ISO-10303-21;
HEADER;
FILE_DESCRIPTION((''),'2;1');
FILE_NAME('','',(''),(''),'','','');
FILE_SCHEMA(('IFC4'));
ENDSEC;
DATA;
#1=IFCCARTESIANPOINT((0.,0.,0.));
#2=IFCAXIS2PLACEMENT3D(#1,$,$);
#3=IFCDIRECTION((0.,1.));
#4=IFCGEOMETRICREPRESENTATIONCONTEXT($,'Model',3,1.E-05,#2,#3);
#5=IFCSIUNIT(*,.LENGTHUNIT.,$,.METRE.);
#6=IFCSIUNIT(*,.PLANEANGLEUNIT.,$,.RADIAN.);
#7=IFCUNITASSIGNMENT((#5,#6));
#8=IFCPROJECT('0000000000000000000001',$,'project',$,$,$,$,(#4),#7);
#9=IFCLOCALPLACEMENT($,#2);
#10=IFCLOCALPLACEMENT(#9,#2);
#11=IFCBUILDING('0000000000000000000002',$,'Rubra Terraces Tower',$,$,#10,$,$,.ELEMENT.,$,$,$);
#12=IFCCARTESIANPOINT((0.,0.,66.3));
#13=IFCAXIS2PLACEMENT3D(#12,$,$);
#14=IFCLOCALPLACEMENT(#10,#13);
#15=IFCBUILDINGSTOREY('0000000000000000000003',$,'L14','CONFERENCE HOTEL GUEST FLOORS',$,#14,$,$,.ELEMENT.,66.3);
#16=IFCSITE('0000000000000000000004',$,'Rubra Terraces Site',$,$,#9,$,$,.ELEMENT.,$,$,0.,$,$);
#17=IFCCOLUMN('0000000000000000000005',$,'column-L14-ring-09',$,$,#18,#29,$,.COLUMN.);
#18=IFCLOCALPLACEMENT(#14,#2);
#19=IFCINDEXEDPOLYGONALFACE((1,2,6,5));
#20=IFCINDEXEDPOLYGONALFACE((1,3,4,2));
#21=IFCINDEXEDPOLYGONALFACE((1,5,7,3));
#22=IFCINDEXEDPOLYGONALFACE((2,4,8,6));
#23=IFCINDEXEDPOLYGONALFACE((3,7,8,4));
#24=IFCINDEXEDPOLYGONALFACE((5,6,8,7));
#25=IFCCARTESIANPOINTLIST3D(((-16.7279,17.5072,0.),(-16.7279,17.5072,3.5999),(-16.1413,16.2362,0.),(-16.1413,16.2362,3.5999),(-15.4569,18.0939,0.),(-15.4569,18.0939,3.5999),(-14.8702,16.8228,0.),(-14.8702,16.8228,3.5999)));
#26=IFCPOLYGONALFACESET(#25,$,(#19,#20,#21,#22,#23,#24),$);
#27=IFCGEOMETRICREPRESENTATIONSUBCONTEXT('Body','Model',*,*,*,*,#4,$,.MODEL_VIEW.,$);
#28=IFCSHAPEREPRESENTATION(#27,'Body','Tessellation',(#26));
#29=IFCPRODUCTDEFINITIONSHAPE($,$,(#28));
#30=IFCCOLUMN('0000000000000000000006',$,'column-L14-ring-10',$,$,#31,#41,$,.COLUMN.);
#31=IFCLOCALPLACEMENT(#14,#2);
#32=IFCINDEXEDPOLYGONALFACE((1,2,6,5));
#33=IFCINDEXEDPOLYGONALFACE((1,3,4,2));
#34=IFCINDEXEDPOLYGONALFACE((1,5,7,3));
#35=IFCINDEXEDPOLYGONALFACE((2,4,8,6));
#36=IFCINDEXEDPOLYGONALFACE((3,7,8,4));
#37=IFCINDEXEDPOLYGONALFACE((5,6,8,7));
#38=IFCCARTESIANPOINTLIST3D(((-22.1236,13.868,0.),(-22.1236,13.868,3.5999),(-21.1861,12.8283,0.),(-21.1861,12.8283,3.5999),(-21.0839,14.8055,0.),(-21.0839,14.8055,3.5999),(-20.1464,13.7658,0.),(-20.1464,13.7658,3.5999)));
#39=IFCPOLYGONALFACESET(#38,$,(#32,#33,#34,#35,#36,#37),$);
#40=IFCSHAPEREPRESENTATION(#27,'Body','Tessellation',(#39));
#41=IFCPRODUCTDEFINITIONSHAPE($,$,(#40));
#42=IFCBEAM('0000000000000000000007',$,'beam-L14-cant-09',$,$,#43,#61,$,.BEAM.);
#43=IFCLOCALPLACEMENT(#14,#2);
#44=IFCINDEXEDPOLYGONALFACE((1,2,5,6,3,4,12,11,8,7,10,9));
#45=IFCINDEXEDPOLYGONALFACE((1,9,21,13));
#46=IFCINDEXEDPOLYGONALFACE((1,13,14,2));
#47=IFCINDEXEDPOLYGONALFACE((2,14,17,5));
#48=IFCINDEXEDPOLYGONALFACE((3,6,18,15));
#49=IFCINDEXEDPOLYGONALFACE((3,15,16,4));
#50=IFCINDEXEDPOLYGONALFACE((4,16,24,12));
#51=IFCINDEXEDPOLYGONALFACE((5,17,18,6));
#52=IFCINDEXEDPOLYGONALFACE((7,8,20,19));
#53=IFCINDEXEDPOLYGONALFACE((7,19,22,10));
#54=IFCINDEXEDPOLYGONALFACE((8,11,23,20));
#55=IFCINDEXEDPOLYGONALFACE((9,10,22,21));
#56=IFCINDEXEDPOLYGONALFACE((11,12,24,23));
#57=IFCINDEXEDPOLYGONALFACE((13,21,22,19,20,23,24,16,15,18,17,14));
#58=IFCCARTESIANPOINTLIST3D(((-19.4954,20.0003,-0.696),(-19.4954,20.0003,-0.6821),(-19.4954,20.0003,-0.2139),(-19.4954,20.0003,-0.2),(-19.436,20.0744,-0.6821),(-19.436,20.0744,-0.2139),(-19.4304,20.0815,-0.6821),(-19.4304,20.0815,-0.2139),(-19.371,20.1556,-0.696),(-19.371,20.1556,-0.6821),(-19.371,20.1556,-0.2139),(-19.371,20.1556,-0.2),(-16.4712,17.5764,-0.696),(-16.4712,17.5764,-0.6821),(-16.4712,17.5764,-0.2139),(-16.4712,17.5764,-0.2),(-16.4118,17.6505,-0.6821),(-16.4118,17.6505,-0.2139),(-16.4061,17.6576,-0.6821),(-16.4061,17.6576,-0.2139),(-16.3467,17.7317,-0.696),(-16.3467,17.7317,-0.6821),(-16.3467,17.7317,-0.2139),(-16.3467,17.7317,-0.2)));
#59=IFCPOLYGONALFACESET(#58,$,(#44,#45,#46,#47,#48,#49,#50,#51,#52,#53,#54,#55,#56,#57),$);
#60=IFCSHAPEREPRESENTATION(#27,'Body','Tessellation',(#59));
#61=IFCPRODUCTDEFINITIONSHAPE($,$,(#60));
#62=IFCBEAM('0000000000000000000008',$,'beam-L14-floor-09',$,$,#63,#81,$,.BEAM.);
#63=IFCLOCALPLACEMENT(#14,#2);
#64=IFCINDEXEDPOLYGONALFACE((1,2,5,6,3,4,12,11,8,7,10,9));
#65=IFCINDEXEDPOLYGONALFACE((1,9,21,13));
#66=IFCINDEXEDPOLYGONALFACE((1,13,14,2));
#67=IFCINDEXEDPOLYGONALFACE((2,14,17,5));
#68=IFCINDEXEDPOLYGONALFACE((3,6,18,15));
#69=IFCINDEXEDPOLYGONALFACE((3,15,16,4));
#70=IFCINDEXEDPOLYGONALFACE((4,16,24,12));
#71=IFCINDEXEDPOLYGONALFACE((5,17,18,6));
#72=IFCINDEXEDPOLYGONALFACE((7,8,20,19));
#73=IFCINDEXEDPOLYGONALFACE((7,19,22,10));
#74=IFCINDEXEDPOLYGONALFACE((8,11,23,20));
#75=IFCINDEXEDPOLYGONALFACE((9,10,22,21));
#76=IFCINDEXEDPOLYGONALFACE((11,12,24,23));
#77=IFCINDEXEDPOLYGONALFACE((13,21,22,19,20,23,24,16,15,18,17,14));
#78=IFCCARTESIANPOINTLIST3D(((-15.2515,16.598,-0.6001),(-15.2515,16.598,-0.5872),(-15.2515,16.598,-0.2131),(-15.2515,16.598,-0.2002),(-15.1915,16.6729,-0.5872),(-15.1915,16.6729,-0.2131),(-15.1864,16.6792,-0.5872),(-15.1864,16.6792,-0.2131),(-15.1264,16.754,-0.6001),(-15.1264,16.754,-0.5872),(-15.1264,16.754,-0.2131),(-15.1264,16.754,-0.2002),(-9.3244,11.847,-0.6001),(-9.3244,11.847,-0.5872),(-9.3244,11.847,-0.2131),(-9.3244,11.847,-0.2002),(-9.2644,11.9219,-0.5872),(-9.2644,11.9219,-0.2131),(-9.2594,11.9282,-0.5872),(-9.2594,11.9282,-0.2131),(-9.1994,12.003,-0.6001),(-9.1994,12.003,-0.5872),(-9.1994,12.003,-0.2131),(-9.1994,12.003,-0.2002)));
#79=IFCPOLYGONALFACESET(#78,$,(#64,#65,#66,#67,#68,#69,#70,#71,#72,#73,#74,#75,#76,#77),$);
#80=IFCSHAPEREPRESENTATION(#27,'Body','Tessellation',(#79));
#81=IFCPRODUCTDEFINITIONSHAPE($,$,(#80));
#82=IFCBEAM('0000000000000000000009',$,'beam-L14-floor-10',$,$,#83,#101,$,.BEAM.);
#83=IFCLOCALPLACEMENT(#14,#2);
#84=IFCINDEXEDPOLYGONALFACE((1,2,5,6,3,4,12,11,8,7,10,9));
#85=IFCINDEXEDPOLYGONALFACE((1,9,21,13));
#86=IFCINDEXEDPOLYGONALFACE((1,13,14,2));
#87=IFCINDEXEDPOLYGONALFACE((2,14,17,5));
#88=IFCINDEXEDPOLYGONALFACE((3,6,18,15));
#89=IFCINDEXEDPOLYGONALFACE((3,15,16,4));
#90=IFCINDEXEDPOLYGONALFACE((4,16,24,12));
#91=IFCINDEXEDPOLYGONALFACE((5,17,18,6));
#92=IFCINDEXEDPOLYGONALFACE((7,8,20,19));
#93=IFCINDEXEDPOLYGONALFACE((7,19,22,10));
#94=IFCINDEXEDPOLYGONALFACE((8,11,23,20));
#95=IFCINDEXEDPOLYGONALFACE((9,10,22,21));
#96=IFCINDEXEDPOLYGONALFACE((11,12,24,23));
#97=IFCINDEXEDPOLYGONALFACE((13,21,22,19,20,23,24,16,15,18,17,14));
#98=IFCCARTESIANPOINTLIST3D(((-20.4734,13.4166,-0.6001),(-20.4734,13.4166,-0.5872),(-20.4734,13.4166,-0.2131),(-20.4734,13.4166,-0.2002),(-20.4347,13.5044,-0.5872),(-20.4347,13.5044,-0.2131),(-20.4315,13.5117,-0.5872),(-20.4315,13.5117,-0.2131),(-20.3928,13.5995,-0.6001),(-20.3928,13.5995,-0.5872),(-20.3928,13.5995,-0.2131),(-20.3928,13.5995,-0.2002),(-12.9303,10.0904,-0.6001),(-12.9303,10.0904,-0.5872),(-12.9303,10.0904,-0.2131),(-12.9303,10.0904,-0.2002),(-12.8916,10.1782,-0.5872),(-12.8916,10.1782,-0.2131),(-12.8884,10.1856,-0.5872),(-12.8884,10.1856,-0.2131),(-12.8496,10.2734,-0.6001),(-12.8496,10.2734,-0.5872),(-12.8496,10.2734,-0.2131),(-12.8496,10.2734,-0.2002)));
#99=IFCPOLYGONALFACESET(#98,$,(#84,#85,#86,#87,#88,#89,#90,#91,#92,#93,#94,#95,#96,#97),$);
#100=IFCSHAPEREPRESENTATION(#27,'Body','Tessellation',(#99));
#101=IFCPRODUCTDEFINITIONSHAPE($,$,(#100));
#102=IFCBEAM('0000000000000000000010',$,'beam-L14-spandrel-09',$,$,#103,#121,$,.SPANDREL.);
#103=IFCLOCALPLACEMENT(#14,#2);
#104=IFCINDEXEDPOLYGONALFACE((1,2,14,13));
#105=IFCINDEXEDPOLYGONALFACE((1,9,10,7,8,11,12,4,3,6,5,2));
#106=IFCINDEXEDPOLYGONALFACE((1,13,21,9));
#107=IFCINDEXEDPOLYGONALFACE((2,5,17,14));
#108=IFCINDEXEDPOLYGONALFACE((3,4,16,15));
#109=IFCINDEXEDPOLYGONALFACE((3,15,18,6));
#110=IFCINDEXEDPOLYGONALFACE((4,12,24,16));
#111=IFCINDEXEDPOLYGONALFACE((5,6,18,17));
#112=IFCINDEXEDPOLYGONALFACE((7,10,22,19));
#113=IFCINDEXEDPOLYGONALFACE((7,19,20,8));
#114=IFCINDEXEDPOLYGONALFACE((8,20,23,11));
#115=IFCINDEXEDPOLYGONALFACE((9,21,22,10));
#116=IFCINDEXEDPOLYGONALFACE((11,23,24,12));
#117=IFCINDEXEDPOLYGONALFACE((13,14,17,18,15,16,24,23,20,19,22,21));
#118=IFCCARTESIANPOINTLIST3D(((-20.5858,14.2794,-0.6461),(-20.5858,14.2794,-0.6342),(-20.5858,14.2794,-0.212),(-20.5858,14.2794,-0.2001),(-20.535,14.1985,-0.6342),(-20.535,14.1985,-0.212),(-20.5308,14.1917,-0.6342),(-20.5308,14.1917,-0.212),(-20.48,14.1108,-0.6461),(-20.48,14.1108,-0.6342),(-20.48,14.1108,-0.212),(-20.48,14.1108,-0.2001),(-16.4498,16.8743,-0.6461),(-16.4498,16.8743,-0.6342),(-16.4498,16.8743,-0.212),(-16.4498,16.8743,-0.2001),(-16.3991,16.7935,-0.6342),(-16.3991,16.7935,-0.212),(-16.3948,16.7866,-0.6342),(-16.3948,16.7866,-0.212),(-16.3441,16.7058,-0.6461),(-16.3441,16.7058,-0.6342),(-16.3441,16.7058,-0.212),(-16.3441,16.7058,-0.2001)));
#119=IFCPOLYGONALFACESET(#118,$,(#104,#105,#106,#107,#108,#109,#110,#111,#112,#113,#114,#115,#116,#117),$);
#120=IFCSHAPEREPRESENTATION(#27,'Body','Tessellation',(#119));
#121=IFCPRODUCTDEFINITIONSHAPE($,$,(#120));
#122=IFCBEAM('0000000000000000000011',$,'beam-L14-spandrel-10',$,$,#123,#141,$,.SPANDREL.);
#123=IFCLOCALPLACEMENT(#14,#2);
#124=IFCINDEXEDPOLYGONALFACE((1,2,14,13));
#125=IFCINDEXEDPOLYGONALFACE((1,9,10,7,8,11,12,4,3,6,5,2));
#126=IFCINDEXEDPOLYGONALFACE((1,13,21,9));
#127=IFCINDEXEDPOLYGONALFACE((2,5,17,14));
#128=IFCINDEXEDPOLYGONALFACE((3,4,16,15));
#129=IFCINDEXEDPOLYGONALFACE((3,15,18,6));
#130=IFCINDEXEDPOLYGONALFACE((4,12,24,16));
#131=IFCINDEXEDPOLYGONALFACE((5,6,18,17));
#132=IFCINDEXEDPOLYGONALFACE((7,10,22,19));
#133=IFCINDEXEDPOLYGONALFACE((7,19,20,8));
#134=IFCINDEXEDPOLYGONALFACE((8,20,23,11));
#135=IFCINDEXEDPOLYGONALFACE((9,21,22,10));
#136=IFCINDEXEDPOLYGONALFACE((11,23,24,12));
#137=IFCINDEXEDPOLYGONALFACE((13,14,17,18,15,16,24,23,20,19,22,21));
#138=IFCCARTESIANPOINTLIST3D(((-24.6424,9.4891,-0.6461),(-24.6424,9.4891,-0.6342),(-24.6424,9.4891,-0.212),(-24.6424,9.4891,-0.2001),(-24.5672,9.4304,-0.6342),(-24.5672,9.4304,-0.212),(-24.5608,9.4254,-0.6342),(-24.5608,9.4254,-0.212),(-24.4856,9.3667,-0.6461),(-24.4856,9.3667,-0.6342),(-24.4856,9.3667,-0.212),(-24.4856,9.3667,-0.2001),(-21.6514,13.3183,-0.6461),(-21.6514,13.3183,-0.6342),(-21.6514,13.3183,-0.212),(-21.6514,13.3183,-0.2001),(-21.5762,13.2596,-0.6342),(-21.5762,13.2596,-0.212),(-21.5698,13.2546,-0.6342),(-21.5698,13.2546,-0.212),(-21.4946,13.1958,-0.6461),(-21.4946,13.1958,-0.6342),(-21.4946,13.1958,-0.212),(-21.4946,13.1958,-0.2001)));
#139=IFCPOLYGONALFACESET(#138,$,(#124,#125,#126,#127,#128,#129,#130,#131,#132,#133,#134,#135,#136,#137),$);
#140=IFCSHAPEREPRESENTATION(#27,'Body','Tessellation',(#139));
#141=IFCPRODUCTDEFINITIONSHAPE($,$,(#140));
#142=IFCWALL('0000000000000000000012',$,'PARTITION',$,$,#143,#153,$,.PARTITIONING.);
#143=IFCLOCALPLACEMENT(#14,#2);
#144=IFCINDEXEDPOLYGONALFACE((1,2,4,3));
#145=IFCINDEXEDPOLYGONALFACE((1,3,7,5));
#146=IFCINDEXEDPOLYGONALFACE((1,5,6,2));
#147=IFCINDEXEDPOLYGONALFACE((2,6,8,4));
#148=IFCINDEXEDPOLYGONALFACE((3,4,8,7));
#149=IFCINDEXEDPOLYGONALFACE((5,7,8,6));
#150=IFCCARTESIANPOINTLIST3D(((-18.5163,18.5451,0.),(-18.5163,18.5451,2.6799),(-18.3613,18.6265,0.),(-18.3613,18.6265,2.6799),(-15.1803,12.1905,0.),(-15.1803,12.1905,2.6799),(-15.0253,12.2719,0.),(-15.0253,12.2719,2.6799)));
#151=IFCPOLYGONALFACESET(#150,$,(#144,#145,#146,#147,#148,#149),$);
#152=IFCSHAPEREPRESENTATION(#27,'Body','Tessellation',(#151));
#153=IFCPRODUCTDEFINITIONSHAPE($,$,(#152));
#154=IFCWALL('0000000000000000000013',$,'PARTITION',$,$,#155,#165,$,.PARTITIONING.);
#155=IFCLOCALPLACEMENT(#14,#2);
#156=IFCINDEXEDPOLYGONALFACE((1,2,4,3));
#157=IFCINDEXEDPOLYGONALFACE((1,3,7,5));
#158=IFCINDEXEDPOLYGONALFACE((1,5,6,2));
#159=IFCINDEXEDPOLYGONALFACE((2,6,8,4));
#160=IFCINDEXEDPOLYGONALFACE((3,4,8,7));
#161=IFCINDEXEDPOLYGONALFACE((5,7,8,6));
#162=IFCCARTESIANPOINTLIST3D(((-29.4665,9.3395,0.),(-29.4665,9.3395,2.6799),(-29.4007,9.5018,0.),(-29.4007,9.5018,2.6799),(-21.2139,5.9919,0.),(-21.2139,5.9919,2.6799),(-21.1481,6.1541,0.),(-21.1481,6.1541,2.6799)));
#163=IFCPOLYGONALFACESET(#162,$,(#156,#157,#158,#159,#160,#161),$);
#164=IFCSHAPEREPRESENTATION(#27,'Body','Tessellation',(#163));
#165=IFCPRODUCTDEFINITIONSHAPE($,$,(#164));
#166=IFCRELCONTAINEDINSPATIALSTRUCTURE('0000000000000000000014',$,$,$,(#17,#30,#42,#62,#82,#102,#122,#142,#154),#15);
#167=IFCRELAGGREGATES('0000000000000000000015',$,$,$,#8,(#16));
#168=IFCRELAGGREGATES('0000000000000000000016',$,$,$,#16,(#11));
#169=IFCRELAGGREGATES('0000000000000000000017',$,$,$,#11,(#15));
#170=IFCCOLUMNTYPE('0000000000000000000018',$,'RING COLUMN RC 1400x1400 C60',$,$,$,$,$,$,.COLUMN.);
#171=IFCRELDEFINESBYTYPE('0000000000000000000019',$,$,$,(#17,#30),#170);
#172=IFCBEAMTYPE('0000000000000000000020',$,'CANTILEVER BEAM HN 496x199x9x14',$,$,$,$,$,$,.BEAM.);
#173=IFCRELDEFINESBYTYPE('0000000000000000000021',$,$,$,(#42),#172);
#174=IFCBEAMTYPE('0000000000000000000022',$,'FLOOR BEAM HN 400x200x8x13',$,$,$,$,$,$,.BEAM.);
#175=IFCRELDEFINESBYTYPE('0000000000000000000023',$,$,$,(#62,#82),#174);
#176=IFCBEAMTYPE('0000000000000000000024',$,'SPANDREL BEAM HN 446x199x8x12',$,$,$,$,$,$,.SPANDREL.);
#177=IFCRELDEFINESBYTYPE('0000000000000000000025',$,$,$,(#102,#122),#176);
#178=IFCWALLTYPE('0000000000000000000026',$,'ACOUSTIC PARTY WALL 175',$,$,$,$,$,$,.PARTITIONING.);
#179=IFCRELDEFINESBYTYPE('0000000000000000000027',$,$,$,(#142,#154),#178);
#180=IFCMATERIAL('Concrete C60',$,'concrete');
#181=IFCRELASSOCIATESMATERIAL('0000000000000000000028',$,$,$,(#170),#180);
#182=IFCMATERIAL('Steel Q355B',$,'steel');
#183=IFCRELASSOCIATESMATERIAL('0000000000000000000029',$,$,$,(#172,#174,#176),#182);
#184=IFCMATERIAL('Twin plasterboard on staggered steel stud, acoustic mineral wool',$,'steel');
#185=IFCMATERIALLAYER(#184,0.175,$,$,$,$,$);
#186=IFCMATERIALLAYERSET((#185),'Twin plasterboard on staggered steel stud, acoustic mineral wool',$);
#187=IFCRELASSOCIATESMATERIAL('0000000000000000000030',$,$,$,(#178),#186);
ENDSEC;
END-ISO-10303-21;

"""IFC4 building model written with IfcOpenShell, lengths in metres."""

from ifc_helpers import new_model, si_unit, direction, frame, frame_2d, origin, origin_2d, place, context, subcontext, project, spatial, rectangle, i_section, extrude, material, layer, layer_set, material_profile, profile_set, type_object, element, save


model = new_model("IFC4")

# Units and contexts
model_context = context("Model", 3, precision=1e-05, world=origin(), true_north=direction((0.0, 1.0)))
body_context = subcontext(model_context, "Body", "Model", "MODEL_VIEW")
ifc_project = project(units=[si_unit("LENGTHUNIT", "METRE"), si_unit("PLANEANGLEUNIT", "RADIAN")], contexts=[model_context])

# Site, building, storey
site_placement = place(None, origin())
site = spatial("IfcSite", under=ifc_project, at=site_placement, Name="Rubra Terraces Site", CompositionType="ELEMENT", RefElevation=0.0)
building_placement = place(site_placement, origin())
building = spatial("IfcBuilding", under=site, at=building_placement, Name="Rubra Terraces Tower", CompositionType="ELEMENT")
storey_placement = place(building_placement, frame((0.0, 0.0, 66.3)))
storey = spatial("IfcBuildingStorey", under=building, at=storey_placement, Name="L14", Description="CONFERENCE HOTEL GUEST FLOORS", CompositionType="ELEMENT", Elevation=66.3)

# Columns
ifc_material_1 = material(Name="Concrete C60", Category="concrete")
ifc_material_profile_1 = material_profile(ifc_material_1, rectangle(XDim=1.3999, YDim=1.3999, at=origin_2d()), Name="RC 1400x1400")
ifc_profile_set_1 = profile_set([ifc_material_profile_1], Name="Concrete C60")
column_type = type_object("IfcColumnType", Name="RING COLUMN RC 1400x1400 C60", PredefinedType="COLUMN", material=ifc_profile_set_1)
for number, where, z_axis, x_axis, name in (
    (1, (-15.7991, 17.165, 0.0), (0.0, 0.0, 1.0), (-0.907952, -0.419073, 0.0), "column-L14-ring-09"),
    (2, (-21.135, 13.8169, 0.0), (0.0, 0.0, 1.0), (-0.742676, -0.669651, 0.0), "column-L14-ring-10"),
):
    element("IfcColumn", number, at=place(storey_placement, frame(where, z_axis=z_axis, x_axis=x_axis)), inside=storey, type_object=column_type, Name=name, PredefinedType="COLUMN", context=body_context, shape_type="SweptSolid", body=[
        extrude(rectangle(XDim=1.3999, YDim=1.3999, at=origin_2d()), origin(), (0.0, 0.0, 1.0), 3.5999),
    ])

# Beams
ifc_material_2 = material(Name="Steel Q355B", Category="steel")
ifc_material_profile_2 = material_profile(ifc_material_2, i_section(OverallWidth=0.199, OverallDepth=0.4961, WebThickness=0.009, FlangeThickness=0.0139, at=origin_2d()), Name="HN 496x199x9x14")
ifc_profile_set_2 = profile_set([ifc_material_profile_2], Name="Steel Q355B")
beam_type_1 = type_object("IfcBeamType", Name="CANTILEVER BEAM HN 496x199x9x14", PredefinedType="BEAM", material=ifc_profile_set_2)
beam_1_placement = place(storey_placement, frame((-16.4089, 17.6541, -0.448), z_axis=(-0.780303, 0.625402, 0.0), x_axis=(-0.625402, -0.780303, 0.0)))
element("IfcBeam", 3, at=beam_1_placement, inside=storey, type_object=beam_type_1, Name="beam-L14-cant-09", PredefinedType="BEAM", context=body_context, shape_type="SweptSolid", body=[
    extrude(i_section(OverallWidth=0.199, OverallDepth=0.4961, WebThickness=0.009, FlangeThickness=0.0139, at=origin_2d()), origin(), (0.0, 0.0, 1.0), 3.8757),
])
ifc_material_profile_3 = material_profile(ifc_material_2, i_section(OverallWidth=0.2, OverallDepth=0.3999, WebThickness=0.0081, FlangeThickness=0.0129, at=origin_2d()), Name="HN 400x200x8x13")
ifc_profile_set_3 = profile_set([ifc_material_profile_3], Name="Steel Q355B")
beam_type_2 = type_object("IfcBeamType", Name="FLOOR BEAM HN 400x200x8x13", PredefinedType="BEAM", material=ifc_profile_set_3)
beam_2_placement = place(storey_placement, frame((-15.189, 16.676, -0.4001), z_axis=(0.780266, -0.625447, 0.0), x_axis=(0.625447, 0.780266, 0.0)))
element("IfcBeam", 4, at=beam_2_placement, inside=storey, type_object=beam_type_2, Name="beam-L14-floor-09", PredefinedType="BEAM", context=body_context, shape_type="SweptSolid", body=[
    extrude(i_section(OverallWidth=0.2, OverallDepth=0.3999, WebThickness=0.0081, FlangeThickness=0.0129, at=origin_2d()), origin(), (0.0, 0.0, 1.0), 7.5962),
])
beam_3_placement = place(storey_placement, frame((-20.4331, 13.5081, -0.4001), z_axis=(0.914995, -0.403466, 0.0), x_axis=(0.403466, 0.914995, 0.0)))
element("IfcBeam", 5, at=beam_3_placement, inside=storey, type_object=beam_type_2, Name="beam-L14-floor-10", PredefinedType="BEAM", context=body_context, shape_type="SweptSolid", body=[
    extrude(i_section(OverallWidth=0.2, OverallDepth=0.3999, WebThickness=0.0081, FlangeThickness=0.0129, at=origin_2d()), origin(), (0.0, 0.0, 1.0), 8.2439),
])
ifc_material_profile_4 = material_profile(ifc_material_2, i_section(OverallWidth=0.199, OverallDepth=0.446, WebThickness=0.0081, FlangeThickness=0.012, at=origin_2d()), Name="HN 446x199x8x12")
ifc_profile_set_4 = profile_set([ifc_material_profile_4], Name="Steel Q355B")
beam_type_3 = type_object("IfcBeamType", Name="SPANDREL BEAM HN 446x199x8x12", PredefinedType="SPANDREL", material=ifc_profile_set_4)
beam_4_placement = place(storey_placement, frame((-16.397, 16.79, -0.4231), z_axis=(-0.847078, -0.531468, 0.0), x_axis=(0.531468, -0.847078, 0.0)))
element("IfcBeam", 6, at=beam_4_placement, inside=storey, type_object=beam_type_3, Name="beam-L14-spandrel-09", PredefinedType="SPANDREL", context=body_context, shape_type="SweptSolid", body=[
    extrude(i_section(OverallWidth=0.199, OverallDepth=0.446, WebThickness=0.0081, FlangeThickness=0.012, at=origin_2d()), origin(), (0.0, 0.0, 1.0), 4.8826),
])
beam_5_placement = place(storey_placement, frame((-21.573, 13.2571, -0.4231), z_axis=(-0.615578, -0.788076, 0.0), x_axis=(0.788076, -0.615578, 0.0)))
element("IfcBeam", 7, at=beam_5_placement, inside=storey, type_object=beam_type_3, Name="beam-L14-spandrel-10", PredefinedType="SPANDREL", context=body_context, shape_type="SweptSolid", body=[
    extrude(i_section(OverallWidth=0.199, OverallDepth=0.446, WebThickness=0.0081, FlangeThickness=0.012, at=origin_2d()), origin(), (0.0, 0.0, 1.0), 4.8589),
])

# Walls
ifc_material_3 = material(Name="Twin plasterboard on staggered steel stud, acoustic mineral wool", Category="steel")
ifc_layer_1 = layer(ifc_material_3, 0.175)
ifc_layer_set_1 = layer_set([ifc_layer_1], Name="Twin plasterboard on staggered steel stud, acoustic mineral wool")
wall_type_1 = type_object("IfcWallType", Name="ACOUSTIC PARTY WALL 175", PredefinedType="PARTITIONING", material=ifc_layer_set_1)
wall_1_placement = place(storey_placement, frame((-18.4387, 18.5857, 0.0), z_axis=(0.0, 0.0, 1.0), x_axis=(0.464815, -0.885408, 0.0)))
element("IfcWall", 8, at=wall_1_placement, inside=storey, type_object=wall_type_1, Name="PARTITION", PredefinedType="PARTITIONING", context=body_context, shape_type="SweptSolid", body=[
    extrude(rectangle(XDim=7.177, YDim=0.175, at=frame_2d((3.5884, 0.0))), origin(), (0.0, 0.0, 1.0), 2.6799),
])
wall_2_placement = place(storey_placement, frame((-29.4336, 9.4207, 0.0), z_axis=(0.0, 0.0, 1.0), x_axis=(0.926662, -0.375895, 0.0)))
element("IfcWall", 9, at=wall_2_placement, inside=storey, type_object=wall_type_1, Name="PARTITION", PredefinedType="PARTITIONING", context=body_context, shape_type="SweptSolid", body=[
    extrude(rectangle(XDim=8.9058, YDim=0.175, at=frame_2d((4.4529, 0.0))), origin(), (0.0, 0.0, 1.0), 2.6799),
])

save(model, "model.ifc")
